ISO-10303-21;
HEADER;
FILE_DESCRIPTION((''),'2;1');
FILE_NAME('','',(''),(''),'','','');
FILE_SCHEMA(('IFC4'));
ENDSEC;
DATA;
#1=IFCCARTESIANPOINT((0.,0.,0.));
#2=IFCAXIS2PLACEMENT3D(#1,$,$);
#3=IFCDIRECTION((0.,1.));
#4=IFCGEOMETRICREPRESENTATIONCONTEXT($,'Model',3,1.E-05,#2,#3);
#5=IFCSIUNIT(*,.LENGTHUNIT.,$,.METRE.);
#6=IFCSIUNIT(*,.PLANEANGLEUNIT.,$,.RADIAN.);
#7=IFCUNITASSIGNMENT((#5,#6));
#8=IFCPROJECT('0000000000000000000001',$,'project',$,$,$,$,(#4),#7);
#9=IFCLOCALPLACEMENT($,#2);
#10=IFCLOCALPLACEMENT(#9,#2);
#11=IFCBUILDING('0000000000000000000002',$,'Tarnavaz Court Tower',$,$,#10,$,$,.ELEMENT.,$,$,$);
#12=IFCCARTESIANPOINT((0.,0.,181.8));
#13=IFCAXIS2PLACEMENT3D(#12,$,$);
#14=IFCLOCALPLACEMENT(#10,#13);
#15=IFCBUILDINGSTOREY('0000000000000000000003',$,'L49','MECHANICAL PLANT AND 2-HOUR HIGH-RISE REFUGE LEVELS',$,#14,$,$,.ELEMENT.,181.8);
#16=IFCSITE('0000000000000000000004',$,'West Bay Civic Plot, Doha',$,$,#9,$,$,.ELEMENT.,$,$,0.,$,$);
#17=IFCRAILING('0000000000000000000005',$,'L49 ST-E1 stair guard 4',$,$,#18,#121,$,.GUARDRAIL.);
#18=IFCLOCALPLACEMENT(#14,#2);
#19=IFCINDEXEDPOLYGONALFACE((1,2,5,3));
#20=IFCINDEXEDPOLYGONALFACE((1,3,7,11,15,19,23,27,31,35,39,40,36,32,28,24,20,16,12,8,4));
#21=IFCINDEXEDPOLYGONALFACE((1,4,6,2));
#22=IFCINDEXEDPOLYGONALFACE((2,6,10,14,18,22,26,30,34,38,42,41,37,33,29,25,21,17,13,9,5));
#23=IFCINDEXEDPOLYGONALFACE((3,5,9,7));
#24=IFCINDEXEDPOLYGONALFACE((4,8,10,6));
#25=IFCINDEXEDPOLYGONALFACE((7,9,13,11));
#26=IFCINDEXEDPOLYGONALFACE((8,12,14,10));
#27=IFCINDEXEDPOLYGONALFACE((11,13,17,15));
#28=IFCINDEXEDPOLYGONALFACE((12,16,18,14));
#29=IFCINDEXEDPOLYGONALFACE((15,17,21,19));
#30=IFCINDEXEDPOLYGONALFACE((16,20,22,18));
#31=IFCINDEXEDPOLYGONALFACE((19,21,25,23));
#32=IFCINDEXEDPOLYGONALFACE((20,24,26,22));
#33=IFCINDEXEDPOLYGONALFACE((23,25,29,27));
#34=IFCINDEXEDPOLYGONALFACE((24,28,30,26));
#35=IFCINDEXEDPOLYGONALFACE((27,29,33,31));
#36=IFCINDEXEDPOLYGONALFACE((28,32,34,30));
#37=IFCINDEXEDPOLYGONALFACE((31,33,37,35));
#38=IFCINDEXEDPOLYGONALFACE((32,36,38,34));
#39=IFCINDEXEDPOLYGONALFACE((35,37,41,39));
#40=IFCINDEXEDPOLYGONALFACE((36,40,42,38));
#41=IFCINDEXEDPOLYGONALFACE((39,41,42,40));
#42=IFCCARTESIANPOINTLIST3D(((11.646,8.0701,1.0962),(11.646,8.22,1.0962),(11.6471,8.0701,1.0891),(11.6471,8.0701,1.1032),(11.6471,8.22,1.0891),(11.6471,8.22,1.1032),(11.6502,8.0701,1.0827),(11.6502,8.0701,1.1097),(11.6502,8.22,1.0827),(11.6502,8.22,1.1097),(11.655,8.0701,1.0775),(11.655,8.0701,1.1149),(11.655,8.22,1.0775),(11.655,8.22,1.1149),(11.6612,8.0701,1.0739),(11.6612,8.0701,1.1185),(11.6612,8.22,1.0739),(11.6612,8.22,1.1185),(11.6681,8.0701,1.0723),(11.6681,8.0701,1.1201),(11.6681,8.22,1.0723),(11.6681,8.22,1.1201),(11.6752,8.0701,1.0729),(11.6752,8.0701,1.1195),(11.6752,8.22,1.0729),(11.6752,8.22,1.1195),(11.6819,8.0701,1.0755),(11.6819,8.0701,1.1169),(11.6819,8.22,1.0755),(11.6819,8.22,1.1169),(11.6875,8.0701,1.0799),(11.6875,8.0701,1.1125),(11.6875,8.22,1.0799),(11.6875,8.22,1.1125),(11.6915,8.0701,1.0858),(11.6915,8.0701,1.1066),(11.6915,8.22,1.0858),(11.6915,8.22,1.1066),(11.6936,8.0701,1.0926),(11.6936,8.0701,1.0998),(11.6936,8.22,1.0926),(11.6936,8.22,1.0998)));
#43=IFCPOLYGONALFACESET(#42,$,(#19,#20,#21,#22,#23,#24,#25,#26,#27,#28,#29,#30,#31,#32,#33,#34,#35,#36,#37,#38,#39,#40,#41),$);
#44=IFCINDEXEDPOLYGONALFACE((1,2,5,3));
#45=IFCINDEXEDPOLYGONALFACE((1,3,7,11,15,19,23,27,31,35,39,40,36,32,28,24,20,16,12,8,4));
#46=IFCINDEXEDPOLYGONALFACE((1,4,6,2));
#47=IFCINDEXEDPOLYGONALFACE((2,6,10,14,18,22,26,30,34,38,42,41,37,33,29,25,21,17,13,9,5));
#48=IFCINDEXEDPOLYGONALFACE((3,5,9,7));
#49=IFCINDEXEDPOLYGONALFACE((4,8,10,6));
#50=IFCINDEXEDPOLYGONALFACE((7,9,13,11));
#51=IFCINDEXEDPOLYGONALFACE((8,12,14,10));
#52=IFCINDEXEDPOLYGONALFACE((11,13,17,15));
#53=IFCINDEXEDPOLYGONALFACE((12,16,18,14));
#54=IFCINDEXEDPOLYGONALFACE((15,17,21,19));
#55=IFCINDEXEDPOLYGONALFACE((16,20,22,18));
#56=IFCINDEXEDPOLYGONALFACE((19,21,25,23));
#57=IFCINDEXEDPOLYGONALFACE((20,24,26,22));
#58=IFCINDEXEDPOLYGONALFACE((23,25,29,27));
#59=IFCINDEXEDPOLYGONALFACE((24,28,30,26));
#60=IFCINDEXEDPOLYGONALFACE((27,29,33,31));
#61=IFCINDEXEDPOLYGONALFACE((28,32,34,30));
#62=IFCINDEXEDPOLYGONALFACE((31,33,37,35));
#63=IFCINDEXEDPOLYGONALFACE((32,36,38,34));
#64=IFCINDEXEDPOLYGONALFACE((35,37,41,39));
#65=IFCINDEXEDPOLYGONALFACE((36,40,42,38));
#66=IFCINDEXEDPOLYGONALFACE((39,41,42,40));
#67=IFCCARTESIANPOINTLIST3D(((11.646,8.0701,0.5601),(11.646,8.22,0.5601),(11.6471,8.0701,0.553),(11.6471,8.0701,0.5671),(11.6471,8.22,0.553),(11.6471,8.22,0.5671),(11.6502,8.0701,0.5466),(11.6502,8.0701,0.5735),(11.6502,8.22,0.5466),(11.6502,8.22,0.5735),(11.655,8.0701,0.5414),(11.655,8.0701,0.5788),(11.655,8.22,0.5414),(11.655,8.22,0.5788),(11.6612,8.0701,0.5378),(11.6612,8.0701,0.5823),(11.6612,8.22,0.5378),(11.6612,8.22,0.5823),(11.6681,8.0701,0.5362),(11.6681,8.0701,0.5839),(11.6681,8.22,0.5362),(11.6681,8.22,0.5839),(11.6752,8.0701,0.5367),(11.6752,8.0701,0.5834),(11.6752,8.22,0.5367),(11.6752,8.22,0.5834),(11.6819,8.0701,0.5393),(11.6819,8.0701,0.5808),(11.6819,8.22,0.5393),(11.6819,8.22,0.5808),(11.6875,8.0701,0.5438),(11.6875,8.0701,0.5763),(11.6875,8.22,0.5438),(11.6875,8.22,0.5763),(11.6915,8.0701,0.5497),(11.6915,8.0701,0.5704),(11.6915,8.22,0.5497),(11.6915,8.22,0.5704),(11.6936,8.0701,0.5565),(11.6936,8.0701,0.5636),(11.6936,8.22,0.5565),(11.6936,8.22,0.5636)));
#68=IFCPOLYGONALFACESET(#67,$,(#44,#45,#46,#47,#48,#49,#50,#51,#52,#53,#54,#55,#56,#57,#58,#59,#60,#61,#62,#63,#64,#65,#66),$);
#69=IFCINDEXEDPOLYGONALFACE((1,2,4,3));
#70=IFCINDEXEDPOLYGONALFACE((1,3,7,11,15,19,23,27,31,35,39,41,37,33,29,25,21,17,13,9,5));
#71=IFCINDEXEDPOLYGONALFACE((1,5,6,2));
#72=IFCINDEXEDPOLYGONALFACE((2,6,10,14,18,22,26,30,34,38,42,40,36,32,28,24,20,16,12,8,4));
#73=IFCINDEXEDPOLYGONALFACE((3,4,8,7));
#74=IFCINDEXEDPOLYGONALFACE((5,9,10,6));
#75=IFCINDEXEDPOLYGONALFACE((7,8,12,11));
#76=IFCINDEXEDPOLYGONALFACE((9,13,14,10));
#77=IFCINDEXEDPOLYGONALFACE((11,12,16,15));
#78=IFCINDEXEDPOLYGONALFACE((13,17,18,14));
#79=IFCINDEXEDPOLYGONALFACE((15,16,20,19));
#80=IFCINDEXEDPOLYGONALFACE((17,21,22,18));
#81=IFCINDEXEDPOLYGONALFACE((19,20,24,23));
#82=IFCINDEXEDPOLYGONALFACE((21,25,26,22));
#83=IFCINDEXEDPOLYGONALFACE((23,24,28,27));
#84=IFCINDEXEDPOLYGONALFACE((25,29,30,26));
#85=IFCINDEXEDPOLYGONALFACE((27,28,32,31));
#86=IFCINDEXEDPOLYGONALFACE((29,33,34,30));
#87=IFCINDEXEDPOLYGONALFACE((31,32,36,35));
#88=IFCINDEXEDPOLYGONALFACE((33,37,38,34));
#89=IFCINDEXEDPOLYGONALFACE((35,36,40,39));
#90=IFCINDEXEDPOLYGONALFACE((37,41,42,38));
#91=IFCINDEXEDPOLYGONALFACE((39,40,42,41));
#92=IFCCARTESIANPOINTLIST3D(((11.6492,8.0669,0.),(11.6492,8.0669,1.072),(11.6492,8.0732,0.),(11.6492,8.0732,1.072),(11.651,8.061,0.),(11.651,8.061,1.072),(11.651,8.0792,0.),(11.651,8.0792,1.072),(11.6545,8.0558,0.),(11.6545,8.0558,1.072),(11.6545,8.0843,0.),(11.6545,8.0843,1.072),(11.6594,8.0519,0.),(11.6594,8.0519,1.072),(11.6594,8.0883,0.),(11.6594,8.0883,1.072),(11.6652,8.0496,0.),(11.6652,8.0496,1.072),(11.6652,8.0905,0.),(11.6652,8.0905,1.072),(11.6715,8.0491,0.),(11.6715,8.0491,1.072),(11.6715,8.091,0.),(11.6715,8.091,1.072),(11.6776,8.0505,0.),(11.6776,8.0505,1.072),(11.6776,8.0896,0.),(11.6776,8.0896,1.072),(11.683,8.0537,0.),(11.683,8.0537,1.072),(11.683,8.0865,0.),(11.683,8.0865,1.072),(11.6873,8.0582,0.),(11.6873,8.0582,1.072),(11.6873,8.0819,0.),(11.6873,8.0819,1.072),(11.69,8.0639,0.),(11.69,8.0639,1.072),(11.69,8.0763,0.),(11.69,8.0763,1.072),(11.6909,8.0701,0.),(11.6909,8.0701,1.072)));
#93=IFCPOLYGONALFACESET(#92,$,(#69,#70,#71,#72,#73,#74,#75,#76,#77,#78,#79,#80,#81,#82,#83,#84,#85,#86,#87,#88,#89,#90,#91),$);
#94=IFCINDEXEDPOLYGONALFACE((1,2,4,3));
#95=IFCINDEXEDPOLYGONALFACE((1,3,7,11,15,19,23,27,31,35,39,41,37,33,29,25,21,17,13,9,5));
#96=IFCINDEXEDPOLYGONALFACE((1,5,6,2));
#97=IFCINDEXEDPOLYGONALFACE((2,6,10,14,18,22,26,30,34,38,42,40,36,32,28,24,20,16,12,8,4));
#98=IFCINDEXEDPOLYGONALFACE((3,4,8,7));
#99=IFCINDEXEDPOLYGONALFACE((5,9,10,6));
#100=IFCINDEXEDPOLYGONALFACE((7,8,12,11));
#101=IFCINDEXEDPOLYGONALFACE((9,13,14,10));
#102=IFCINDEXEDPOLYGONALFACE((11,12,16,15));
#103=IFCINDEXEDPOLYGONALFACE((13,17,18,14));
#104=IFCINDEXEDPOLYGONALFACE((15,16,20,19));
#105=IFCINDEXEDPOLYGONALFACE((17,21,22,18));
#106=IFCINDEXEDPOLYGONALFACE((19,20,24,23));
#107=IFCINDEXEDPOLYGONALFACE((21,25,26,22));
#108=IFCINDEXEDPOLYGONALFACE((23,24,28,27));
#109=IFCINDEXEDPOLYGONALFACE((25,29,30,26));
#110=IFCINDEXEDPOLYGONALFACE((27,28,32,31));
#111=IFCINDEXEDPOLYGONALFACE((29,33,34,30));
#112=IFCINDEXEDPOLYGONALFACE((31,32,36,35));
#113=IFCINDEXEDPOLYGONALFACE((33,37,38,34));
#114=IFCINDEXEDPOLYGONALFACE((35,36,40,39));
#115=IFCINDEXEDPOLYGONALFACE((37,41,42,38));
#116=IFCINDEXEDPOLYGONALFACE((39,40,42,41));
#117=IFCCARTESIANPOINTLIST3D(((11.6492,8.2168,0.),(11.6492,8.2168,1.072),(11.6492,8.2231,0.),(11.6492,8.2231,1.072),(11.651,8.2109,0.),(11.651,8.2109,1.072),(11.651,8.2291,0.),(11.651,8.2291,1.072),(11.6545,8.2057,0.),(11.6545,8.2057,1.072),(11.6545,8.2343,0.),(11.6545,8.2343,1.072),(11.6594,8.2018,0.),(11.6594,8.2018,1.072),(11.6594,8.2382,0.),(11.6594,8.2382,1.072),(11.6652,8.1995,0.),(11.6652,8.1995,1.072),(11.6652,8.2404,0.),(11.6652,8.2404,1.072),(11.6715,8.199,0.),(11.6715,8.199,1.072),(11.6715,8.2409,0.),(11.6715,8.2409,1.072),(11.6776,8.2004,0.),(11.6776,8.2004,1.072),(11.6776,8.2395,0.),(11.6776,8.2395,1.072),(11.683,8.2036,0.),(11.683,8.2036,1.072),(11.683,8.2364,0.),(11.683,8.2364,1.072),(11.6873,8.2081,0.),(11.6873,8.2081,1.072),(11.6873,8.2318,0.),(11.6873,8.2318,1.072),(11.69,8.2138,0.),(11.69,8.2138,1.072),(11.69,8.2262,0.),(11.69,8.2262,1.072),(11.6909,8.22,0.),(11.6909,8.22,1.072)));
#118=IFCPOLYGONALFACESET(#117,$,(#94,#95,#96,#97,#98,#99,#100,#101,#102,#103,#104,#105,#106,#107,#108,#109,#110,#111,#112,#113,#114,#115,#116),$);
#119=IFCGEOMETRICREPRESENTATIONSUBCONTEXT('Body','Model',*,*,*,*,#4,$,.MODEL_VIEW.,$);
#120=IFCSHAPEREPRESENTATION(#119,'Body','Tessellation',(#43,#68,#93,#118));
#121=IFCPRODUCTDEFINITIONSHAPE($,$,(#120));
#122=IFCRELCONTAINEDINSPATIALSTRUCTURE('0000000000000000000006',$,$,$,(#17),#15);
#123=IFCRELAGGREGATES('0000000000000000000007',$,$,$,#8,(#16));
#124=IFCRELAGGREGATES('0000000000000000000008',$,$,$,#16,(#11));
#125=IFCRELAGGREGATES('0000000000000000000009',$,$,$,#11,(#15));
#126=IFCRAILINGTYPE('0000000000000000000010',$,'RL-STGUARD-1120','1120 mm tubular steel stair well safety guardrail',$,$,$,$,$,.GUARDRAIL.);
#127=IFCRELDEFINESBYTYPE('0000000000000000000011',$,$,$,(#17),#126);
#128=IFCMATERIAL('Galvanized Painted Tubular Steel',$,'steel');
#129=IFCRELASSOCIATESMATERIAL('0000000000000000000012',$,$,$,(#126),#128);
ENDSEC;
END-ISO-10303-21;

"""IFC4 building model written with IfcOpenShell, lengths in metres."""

from ifc_helpers import new_model, si_unit, direction, frame, origin, origin_2d, place, context, subcontext, project, spatial, circle, extrude, material, type_object, element, save


model = new_model("IFC4")

# Units and contexts
model_context = context("Model", 3, precision=1e-05, world=origin(), true_north=direction((0.0, 1.0)))
body_context = subcontext(model_context, "Body", "Model", "MODEL_VIEW")
ifc_project = project(units=[si_unit("LENGTHUNIT", "METRE"), si_unit("PLANEANGLEUNIT", "RADIAN")], contexts=[model_context])

# Site, building, storey
site_placement = place(None, origin())
site = spatial("IfcSite", under=ifc_project, at=site_placement, Name="West Bay Civic Plot, Doha", CompositionType="ELEMENT", RefElevation=0.0)
building_placement = place(site_placement, origin())
building = spatial("IfcBuilding", under=site, at=building_placement, Name="Tarnavaz Court Tower", CompositionType="ELEMENT")
storey_placement = place(building_placement, frame((0.0, 0.0, 181.8)))
storey = spatial("IfcBuildingStorey", under=building, at=storey_placement, Name="L49", Description="MECHANICAL PLANT AND 2-HOUR HIGH-RISE REFUGE LEVELS", CompositionType="ELEMENT", Elevation=181.8)

# Railing
ifc_material_1 = material(Name="Galvanized Painted Tubular Steel", Category="steel")
railing_type_1 = type_object("IfcRailingType", Name="RL-STGUARD-1120", Description="1120 mm tubular steel stair well safety guardrail", PredefinedType="GUARDRAIL", material=ifc_material_1)
railing_1_placement = place(storey_placement, frame((11.6699, 8.0701, 0.0)))
element("IfcRailing", 1, at=railing_1_placement, inside=storey, type_object=railing_type_1, Name="L49 ST-E1 stair guard 4", PredefinedType="GUARDRAIL", context=body_context, shape_type="SweptSolid", body=[
    extrude(circle(Radius=0.0239, at=origin_2d()), frame((0.0, 0.0, 1.0962), z_axis=(0.0, 1.0, 0.0), x_axis=(-1.0, 0.0, 0.0)), (0.0, 0.0, 1.0), 0.1499),
    extrude(circle(Radius=0.0239, at=origin_2d()), frame((0.0, 0.0, 0.5601), z_axis=(0.0, 1.0, 0.0), x_axis=(-1.0, 0.0, 0.0)), (0.0, 0.0, 1.0), 0.1499),
    extrude(circle(Radius=0.021, at=origin_2d()), origin(), (0.0, 0.0, 1.0), 1.072),
    extrude(circle(Radius=0.021, at=origin_2d()), frame((0.0, 0.1499, 0.0)), (0.0, 0.0, 1.0), 1.072),
])

save(model, "model.ifc")
